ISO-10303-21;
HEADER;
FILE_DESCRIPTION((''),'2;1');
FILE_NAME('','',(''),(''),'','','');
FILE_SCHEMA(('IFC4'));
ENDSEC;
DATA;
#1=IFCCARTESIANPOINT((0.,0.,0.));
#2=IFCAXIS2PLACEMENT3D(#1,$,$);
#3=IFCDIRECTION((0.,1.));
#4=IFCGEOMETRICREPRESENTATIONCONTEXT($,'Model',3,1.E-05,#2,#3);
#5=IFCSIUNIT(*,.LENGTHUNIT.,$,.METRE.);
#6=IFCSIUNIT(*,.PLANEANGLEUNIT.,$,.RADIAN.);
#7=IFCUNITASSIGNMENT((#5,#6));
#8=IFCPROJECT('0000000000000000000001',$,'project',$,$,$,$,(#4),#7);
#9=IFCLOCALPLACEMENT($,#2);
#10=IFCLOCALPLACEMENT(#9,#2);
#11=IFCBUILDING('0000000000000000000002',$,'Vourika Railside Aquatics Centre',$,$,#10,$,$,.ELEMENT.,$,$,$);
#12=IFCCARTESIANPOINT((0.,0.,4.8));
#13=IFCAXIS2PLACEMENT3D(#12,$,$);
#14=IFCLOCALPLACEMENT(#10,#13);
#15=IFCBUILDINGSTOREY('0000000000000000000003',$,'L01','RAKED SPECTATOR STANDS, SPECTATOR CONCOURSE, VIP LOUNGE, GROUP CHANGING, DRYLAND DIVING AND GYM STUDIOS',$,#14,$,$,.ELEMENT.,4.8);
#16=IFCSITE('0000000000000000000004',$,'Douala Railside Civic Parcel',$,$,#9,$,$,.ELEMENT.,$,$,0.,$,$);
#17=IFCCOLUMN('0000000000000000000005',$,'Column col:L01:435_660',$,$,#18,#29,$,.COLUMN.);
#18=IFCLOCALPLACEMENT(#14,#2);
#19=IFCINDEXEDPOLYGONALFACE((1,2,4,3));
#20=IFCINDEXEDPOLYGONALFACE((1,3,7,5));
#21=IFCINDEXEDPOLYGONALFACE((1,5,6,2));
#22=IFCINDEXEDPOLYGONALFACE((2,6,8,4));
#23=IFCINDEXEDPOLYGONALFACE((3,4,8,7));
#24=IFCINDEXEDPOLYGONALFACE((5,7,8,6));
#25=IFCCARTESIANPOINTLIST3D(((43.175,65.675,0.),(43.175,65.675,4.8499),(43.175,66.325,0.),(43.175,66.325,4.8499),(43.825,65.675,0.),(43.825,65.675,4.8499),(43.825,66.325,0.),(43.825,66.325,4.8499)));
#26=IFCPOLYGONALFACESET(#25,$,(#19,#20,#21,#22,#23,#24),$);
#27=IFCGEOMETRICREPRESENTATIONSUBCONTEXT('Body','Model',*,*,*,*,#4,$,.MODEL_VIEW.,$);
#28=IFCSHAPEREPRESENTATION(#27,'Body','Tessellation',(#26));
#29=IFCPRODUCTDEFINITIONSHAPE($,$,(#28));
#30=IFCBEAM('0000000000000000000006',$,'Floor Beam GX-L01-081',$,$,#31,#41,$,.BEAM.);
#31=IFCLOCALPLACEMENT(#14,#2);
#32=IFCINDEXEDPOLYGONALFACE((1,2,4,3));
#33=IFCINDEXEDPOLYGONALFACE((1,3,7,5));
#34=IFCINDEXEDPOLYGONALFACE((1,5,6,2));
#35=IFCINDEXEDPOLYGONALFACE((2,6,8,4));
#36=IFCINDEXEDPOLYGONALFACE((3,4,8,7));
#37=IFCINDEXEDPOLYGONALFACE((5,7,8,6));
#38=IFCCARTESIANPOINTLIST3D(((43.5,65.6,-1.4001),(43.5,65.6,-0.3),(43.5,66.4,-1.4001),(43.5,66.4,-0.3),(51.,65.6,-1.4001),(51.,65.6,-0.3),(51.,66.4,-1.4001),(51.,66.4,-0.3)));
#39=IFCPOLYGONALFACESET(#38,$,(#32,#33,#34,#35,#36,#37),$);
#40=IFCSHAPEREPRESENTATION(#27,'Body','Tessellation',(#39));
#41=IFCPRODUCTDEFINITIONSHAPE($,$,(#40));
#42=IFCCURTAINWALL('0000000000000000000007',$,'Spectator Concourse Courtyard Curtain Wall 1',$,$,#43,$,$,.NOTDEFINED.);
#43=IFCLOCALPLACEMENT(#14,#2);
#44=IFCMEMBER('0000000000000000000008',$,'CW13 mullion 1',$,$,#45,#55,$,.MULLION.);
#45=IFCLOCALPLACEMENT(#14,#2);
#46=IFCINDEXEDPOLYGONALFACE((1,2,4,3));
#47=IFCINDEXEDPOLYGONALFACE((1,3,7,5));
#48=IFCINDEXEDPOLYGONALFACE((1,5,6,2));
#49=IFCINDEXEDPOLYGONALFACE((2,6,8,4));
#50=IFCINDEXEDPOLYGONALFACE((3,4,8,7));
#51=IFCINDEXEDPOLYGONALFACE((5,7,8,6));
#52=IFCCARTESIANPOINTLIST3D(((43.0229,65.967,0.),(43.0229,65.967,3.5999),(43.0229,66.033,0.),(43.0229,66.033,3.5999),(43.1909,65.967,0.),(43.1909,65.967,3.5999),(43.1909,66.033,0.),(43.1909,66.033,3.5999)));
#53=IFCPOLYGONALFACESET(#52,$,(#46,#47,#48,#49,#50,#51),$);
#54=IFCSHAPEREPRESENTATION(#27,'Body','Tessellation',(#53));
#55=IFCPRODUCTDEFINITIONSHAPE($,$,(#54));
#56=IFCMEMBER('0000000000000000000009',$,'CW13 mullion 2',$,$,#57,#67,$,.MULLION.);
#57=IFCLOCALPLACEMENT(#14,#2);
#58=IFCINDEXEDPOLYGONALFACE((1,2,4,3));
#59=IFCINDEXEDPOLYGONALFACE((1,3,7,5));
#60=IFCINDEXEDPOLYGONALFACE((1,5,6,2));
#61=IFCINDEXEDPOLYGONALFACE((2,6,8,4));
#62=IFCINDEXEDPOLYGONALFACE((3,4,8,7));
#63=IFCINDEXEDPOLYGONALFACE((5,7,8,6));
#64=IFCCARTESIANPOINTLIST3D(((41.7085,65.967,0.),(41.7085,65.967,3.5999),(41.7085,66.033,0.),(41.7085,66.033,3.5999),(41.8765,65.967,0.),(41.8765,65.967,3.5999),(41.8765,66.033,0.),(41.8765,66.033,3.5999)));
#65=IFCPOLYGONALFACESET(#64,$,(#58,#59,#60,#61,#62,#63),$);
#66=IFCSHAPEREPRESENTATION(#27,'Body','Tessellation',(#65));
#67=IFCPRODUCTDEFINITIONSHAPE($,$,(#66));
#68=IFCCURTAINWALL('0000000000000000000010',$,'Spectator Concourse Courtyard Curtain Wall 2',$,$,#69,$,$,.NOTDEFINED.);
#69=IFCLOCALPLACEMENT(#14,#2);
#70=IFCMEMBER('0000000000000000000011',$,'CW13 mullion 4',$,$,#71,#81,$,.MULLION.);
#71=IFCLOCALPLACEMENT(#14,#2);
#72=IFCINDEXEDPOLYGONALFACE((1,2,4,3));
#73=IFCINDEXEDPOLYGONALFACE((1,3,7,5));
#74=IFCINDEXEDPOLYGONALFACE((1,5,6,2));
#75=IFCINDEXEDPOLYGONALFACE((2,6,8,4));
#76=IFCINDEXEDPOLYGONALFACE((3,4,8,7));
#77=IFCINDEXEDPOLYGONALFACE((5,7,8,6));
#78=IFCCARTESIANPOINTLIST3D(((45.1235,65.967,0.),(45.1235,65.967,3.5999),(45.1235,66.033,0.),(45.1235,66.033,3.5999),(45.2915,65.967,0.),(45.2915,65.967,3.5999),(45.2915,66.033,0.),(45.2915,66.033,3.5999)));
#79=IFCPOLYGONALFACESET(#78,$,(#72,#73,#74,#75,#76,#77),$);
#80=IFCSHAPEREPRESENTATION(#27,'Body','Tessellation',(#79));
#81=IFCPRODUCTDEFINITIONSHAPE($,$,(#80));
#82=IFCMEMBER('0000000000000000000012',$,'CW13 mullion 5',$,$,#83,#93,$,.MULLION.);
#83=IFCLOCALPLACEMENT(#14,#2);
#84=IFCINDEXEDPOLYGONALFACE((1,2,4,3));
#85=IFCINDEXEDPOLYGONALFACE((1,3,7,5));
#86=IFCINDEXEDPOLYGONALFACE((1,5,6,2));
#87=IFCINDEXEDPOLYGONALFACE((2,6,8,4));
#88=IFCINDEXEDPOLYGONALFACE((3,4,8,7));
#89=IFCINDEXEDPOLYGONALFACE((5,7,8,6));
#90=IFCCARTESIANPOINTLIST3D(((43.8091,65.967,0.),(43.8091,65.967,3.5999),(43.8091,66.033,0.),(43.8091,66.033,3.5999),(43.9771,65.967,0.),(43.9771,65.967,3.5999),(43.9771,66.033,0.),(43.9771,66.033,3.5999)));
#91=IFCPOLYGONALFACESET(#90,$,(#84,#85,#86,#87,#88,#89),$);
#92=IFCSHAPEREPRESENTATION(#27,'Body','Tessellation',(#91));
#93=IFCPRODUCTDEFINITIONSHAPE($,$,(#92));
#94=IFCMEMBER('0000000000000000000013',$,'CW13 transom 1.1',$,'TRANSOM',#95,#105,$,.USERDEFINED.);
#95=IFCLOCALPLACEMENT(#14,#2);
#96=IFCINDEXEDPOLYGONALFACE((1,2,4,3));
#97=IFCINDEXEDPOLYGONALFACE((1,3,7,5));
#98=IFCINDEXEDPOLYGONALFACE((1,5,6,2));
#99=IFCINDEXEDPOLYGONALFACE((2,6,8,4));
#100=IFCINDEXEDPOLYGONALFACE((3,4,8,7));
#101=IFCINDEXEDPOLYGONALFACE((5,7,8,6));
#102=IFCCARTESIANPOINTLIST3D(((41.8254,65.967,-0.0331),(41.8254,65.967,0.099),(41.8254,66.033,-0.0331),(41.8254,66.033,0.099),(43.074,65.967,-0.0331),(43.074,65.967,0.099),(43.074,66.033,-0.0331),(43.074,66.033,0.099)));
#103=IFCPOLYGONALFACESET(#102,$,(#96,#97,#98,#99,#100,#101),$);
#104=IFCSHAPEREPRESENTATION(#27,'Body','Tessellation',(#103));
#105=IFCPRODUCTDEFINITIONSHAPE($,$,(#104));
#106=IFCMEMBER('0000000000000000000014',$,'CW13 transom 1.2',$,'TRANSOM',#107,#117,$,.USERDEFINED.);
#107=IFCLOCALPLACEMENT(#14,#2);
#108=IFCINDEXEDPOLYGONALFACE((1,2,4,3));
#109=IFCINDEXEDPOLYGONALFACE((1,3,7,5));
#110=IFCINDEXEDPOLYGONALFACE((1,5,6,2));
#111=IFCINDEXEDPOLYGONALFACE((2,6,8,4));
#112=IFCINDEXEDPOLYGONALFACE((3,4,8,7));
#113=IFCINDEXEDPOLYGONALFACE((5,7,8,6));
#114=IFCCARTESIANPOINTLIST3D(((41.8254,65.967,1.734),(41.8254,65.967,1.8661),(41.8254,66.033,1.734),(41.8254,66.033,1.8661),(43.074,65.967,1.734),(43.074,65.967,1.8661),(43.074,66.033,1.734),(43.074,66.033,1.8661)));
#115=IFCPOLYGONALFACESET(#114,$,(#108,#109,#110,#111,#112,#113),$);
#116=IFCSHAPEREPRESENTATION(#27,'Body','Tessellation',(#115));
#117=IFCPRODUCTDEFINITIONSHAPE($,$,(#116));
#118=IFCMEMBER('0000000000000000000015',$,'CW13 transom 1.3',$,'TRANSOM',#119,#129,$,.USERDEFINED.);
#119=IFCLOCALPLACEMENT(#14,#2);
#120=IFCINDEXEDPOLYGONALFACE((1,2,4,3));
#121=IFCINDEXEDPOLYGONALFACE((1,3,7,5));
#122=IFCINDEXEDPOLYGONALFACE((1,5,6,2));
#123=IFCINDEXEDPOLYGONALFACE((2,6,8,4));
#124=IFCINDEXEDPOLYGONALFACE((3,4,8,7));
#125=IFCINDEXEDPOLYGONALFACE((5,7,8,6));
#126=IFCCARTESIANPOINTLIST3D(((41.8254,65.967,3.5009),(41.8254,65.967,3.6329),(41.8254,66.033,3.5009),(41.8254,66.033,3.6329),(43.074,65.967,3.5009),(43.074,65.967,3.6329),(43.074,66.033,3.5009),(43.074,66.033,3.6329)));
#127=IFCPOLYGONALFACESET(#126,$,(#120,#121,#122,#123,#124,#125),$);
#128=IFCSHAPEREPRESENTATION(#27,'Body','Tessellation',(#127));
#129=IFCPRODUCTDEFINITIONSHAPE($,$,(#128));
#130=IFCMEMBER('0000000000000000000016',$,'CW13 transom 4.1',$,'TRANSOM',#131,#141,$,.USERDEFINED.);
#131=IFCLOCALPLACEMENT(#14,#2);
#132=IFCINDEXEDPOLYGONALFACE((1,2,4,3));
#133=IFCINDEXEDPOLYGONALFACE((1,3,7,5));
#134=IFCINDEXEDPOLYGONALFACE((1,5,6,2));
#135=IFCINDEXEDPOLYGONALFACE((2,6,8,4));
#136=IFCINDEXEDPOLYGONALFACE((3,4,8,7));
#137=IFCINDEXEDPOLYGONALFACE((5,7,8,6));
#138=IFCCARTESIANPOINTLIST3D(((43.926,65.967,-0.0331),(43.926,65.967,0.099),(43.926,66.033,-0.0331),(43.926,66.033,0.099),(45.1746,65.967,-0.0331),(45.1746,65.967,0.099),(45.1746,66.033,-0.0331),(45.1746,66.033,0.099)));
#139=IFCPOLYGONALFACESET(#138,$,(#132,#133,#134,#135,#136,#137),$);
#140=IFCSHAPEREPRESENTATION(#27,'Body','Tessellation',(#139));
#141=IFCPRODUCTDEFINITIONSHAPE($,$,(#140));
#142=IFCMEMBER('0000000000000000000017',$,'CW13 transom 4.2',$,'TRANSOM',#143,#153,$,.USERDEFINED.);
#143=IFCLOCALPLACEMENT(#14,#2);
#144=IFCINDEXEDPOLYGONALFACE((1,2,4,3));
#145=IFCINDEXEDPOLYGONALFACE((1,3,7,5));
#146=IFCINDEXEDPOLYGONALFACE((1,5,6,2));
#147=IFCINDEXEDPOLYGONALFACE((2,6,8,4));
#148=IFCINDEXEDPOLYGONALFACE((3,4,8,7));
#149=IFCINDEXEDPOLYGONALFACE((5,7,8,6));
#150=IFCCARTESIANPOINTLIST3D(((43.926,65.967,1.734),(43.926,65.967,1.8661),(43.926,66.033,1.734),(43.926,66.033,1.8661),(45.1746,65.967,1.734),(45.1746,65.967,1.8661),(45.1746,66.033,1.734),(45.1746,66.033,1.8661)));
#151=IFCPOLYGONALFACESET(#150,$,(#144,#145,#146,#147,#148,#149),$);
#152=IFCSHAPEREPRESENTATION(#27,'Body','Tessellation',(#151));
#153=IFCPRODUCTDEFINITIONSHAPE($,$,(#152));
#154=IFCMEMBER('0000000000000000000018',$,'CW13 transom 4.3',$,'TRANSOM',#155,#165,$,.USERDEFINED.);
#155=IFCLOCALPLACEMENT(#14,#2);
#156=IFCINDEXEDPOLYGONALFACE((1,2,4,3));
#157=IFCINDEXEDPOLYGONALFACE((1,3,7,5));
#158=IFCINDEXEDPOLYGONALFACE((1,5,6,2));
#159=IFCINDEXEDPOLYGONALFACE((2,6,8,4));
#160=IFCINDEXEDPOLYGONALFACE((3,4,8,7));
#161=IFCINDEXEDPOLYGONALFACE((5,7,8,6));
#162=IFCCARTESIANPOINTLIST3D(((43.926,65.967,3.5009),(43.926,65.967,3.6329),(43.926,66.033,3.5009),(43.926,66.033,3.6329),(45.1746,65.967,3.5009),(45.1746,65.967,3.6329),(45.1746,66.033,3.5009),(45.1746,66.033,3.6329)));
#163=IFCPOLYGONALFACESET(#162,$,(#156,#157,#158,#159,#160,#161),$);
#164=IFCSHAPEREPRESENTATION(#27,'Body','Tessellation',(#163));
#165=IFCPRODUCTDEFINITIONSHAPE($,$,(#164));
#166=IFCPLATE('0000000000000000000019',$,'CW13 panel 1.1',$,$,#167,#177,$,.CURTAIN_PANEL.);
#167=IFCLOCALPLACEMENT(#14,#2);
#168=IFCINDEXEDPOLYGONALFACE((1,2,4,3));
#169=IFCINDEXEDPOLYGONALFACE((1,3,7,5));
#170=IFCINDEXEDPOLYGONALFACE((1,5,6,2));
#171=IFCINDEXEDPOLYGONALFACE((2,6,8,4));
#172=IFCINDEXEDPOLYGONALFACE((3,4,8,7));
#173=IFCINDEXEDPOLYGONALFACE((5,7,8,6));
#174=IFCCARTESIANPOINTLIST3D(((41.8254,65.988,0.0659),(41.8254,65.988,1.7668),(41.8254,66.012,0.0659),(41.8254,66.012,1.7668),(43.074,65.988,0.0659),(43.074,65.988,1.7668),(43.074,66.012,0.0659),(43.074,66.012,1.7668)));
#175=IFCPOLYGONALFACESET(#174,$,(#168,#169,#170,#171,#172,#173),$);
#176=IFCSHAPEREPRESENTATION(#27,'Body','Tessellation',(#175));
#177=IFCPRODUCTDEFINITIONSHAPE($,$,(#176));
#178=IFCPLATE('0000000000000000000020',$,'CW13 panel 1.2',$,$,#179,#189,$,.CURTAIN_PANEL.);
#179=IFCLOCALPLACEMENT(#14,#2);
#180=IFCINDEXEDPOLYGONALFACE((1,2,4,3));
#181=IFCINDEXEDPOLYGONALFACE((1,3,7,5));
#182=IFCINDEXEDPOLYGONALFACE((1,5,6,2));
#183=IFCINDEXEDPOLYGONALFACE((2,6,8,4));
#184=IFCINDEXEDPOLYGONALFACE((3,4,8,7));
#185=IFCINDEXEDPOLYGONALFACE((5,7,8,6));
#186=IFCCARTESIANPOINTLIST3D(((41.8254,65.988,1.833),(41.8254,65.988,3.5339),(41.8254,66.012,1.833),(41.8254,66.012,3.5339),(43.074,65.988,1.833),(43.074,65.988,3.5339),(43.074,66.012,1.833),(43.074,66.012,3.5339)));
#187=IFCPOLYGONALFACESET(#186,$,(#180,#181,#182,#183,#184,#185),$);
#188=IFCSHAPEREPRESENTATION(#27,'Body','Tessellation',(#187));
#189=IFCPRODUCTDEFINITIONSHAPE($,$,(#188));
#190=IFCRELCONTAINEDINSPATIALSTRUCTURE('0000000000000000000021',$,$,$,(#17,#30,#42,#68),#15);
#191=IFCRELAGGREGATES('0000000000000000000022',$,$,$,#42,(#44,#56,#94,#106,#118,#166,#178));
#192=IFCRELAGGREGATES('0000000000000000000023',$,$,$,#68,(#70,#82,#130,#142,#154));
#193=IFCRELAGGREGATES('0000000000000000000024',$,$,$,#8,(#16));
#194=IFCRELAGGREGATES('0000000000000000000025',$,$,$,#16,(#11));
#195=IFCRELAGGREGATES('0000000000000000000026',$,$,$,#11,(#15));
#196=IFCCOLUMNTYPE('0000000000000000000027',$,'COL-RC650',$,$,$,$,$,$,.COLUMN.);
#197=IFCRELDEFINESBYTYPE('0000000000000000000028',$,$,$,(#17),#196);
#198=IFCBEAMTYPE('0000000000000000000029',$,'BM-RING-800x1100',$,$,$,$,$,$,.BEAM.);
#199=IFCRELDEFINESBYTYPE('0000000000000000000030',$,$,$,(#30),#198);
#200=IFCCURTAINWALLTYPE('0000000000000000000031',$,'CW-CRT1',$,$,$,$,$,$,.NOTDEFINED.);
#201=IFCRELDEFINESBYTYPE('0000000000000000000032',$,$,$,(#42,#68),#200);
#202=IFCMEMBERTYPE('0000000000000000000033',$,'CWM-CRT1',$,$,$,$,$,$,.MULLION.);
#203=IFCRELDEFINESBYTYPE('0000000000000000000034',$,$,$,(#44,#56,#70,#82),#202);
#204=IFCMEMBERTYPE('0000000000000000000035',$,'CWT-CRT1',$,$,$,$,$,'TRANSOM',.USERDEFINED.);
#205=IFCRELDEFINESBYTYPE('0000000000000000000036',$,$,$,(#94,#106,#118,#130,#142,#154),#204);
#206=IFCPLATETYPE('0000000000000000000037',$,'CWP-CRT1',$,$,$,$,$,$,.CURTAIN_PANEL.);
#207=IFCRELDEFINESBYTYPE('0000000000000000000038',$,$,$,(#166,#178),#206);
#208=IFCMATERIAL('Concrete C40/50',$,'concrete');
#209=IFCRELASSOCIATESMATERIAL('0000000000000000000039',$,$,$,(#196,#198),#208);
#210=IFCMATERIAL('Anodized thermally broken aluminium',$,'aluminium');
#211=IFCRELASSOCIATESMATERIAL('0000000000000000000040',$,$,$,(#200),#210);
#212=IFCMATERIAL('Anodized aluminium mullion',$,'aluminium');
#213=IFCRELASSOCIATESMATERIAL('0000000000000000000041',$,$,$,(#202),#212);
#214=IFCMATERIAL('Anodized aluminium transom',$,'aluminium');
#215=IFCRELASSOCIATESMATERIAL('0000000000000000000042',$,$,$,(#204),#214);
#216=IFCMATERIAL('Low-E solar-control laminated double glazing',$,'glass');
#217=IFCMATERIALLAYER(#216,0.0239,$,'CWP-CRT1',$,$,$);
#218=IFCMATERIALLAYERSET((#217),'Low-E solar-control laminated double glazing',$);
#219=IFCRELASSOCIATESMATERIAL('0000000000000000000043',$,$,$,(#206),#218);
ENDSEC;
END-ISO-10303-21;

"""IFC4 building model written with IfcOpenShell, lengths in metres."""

from ifc_helpers import new_model, si_unit, direction, frame, origin, origin_2d, place, context, subcontext, project, spatial, rectangle, extrude, material, layer, layer_set, material_profile, profile_set, type_object, element, aggregate, save


model = new_model("IFC4")

# Units and contexts
model_context = context("Model", 3, precision=1e-05, world=origin(), true_north=direction((0.0, 1.0)))
body_context = subcontext(model_context, "Body", "Model", "MODEL_VIEW")
ifc_project = project(units=[si_unit("LENGTHUNIT", "METRE"), si_unit("PLANEANGLEUNIT", "RADIAN")], contexts=[model_context])

# Site, building, storey
site_placement = place(None, origin())
site = spatial("IfcSite", under=ifc_project, at=site_placement, Name="Douala Railside Civic Parcel", CompositionType="ELEMENT", RefElevation=0.0)
building_placement = place(site_placement, origin())
building = spatial("IfcBuilding", under=site, at=building_placement, Name="Vourika Railside Aquatics Centre", CompositionType="ELEMENT")
storey_placement = place(building_placement, frame((0.0, 0.0, 4.8)))
storey = spatial("IfcBuildingStorey", under=building, at=storey_placement, Name="L01", Description="RAKED SPECTATOR STANDS, SPECTATOR CONCOURSE, VIP LOUNGE, GROUP CHANGING, DRYLAND DIVING AND GYM STUDIOS", CompositionType="ELEMENT", Elevation=4.8)

# Column
ifc_material_1 = material(Name="Concrete C40/50", Category="concrete")
ifc_material_profile_1 = material_profile(ifc_material_1, rectangle(XDim=0.6499, YDim=0.6499, at=origin_2d()), Name="RC 650x650")
ifc_profile_set_1 = profile_set([ifc_material_profile_1], Name="Concrete C40/50")
column_type = type_object("IfcColumnType", Name="COL-RC650", PredefinedType="COLUMN", material=ifc_profile_set_1)
column_placement = place(storey_placement, frame((43.5, 66.0, 0.0), z_axis=(0.0, 0.0, 1.0), x_axis=(1.0, 0.0, 0.0)))
element("IfcColumn", 1, at=column_placement, inside=storey, type_object=column_type, Name="Column col:L01:435_660", PredefinedType="COLUMN", context=body_context, shape_type="SweptSolid", body=[
    extrude(rectangle(XDim=0.6499, YDim=0.6499, at=origin_2d()), origin(), (0.0, 0.0, 1.0), 4.8499),
])

# Beam
ifc_material_profile_2 = material_profile(ifc_material_1, rectangle(XDim=0.8, YDim=1.1001, at=origin_2d()), Name="RC 800x1100")
ifc_profile_set_2 = profile_set([ifc_material_profile_2], Name="Concrete C40/50")
beam_type = type_object("IfcBeamType", Name="BM-RING-800x1100", PredefinedType="BEAM", material=ifc_profile_set_2)
beam_placement = place(storey_placement, frame((43.5, 66.0, -0.8501), z_axis=(1.0, 0.0, 0.0), x_axis=(0.0, 1.0, 0.0)))
element("IfcBeam", 2, at=beam_placement, inside=storey, type_object=beam_type, Name="Floor Beam GX-L01-081", PredefinedType="BEAM", context=body_context, shape_type="SweptSolid", body=[
    extrude(rectangle(XDim=0.8, YDim=1.1001, at=origin_2d()), origin(), (0.0, 0.0, 1.0), 7.5),
])

# Curtain walls, members
ifc_material_2 = material(Name="Anodized thermally broken aluminium", Category="aluminium")
curtain_wall_type = type_object("IfcCurtainWallType", Name="CW-CRT1", PredefinedType="NOTDEFINED", material=ifc_material_2)
curtain_wall_1_placement = place(storey_placement, origin())
curtain_wall_1 = element("IfcCurtainWall", 3, at=curtain_wall_1_placement, inside=storey, type_object=curtain_wall_type, Name="Spectator Concourse Courtyard Curtain Wall 1", PredefinedType="NOTDEFINED")
ifc_material_3 = material(Name="Anodized aluminium mullion", Category="aluminium")
ifc_material_profile_3 = material_profile(ifc_material_3, rectangle(XDim=0.0659, YDim=0.168, at=origin_2d()), Name="ALU-M 66x168")
ifc_profile_set_3 = profile_set([ifc_material_profile_3], Name="Anodized aluminium mullion")
member_type_1 = type_object("IfcMemberType", Name="CWM-CRT1", PredefinedType="MULLION", material=ifc_profile_set_3)
member_1_placement = place(storey_placement, frame((43.1069, 66.0, 0.0), z_axis=(0.0, 0.0, 1.0), x_axis=(0.0, -1.0, 0.0)))
member_1 = element("IfcMember", 4, at=member_1_placement, type_object=member_type_1, Name="CW13 mullion 1", PredefinedType="MULLION", context=body_context, shape_type="SweptSolid", body=[
    extrude(rectangle(XDim=0.0659, YDim=0.168, at=origin_2d()), origin(), (0.0, 0.0, 1.0), 3.5999),
])
member_2_placement = place(storey_placement, frame((41.7925, 66.0, 0.0), z_axis=(0.0, 0.0, 1.0), x_axis=(0.0, -1.0, 0.0)))
member_2 = element("IfcMember", 5, at=member_2_placement, type_object=member_type_1, Name="CW13 mullion 2", PredefinedType="MULLION", context=body_context, shape_type="SweptSolid", body=[
    extrude(rectangle(XDim=0.0659, YDim=0.168, at=origin_2d()), origin(), (0.0, 0.0, 1.0), 3.5999),
])
curtain_wall_2_placement = place(storey_placement, origin())
curtain_wall_2 = element("IfcCurtainWall", 6, at=curtain_wall_2_placement, inside=storey, type_object=curtain_wall_type, Name="Spectator Concourse Courtyard Curtain Wall 2", PredefinedType="NOTDEFINED")
member_3_placement = place(storey_placement, frame((45.2075, 66.0, 0.0), z_axis=(0.0, 0.0, 1.0), x_axis=(0.0, -1.0, 0.0)))
member_3 = element("IfcMember", 7, at=member_3_placement, type_object=member_type_1, Name="CW13 mullion 4", PredefinedType="MULLION", context=body_context, shape_type="SweptSolid", body=[
    extrude(rectangle(XDim=0.0659, YDim=0.168, at=origin_2d()), origin(), (0.0, 0.0, 1.0), 3.5999),
])
member_4_placement = place(storey_placement, frame((43.8931, 66.0, 0.0), z_axis=(0.0, 0.0, 1.0), x_axis=(0.0, -1.0, 0.0)))
member_4 = element("IfcMember", 8, at=member_4_placement, type_object=member_type_1, Name="CW13 mullion 5", PredefinedType="MULLION", context=body_context, shape_type="SweptSolid", body=[
    extrude(rectangle(XDim=0.0659, YDim=0.168, at=origin_2d()), origin(), (0.0, 0.0, 1.0), 3.5999),
])

# Members
ifc_material_4 = material(Name="Anodized aluminium transom", Category="aluminium")
ifc_material_profile_4 = material_profile(ifc_material_4, rectangle(XDim=0.0659, YDim=0.1321, at=origin_2d()), Name="ALU-T 66x132")
ifc_profile_set_4 = profile_set([ifc_material_profile_4], Name="Anodized aluminium transom")
member_type_2 = type_object("IfcMemberType", Name="CWT-CRT1", ElementType="TRANSOM", PredefinedType="USERDEFINED", material=ifc_profile_set_4)
member_5_placement = place(storey_placement, frame((43.074, 66.0, 0.033), z_axis=(-1.0, 0.0, 0.0), x_axis=(0.0, -1.0, 0.0)))
member_5 = element("IfcMember", 9, at=member_5_placement, type_object=member_type_2, Name="CW13 transom 1.1", ObjectType="TRANSOM", PredefinedType="USERDEFINED", context=body_context, shape_type="SweptSolid", body=[
    extrude(rectangle(XDim=0.0659, YDim=0.1321, at=origin_2d()), origin(), (0.0, 0.0, 1.0), 1.2485),
])
member_6_placement = place(storey_placement, frame((43.074, 66.0, 1.8), z_axis=(-1.0, 0.0, 0.0), x_axis=(0.0, -1.0, 0.0)))
member_6 = element("IfcMember", 10, at=member_6_placement, type_object=member_type_2, Name="CW13 transom 1.2", ObjectType="TRANSOM", PredefinedType="USERDEFINED", context=body_context, shape_type="SweptSolid", body=[
    extrude(rectangle(XDim=0.0659, YDim=0.1321, at=origin_2d()), origin(), (0.0, 0.0, 1.0), 1.2485),
])
member_7_placement = place(storey_placement, frame((43.074, 66.0, 3.5669), z_axis=(-1.0, 0.0, 0.0), x_axis=(0.0, -1.0, 0.0)))
member_7 = element("IfcMember", 11, at=member_7_placement, type_object=member_type_2, Name="CW13 transom 1.3", ObjectType="TRANSOM", PredefinedType="USERDEFINED", context=body_context, shape_type="SweptSolid", body=[
    extrude(rectangle(XDim=0.0659, YDim=0.1321, at=origin_2d()), origin(), (0.0, 0.0, 1.0), 1.2485),
])
member_8_placement = place(storey_placement, frame((45.1746, 66.0, 0.033), z_axis=(-1.0, 0.0, 0.0), x_axis=(0.0, -1.0, 0.0)))
member_8 = element("IfcMember", 12, at=member_8_placement, type_object=member_type_2, Name="CW13 transom 4.1", ObjectType="TRANSOM", PredefinedType="USERDEFINED", context=body_context, shape_type="SweptSolid", body=[
    extrude(rectangle(XDim=0.0659, YDim=0.1321, at=origin_2d()), origin(), (0.0, 0.0, 1.0), 1.2485),
])
member_9_placement = place(storey_placement, frame((45.1746, 66.0, 1.8), z_axis=(-1.0, 0.0, 0.0), x_axis=(0.0, -1.0, 0.0)))
member_9 = element("IfcMember", 13, at=member_9_placement, type_object=member_type_2, Name="CW13 transom 4.2", ObjectType="TRANSOM", PredefinedType="USERDEFINED", context=body_context, shape_type="SweptSolid", body=[
    extrude(rectangle(XDim=0.0659, YDim=0.1321, at=origin_2d()), origin(), (0.0, 0.0, 1.0), 1.2485),
])
member_10_placement = place(storey_placement, frame((45.1746, 66.0, 3.5669), z_axis=(-1.0, 0.0, 0.0), x_axis=(0.0, -1.0, 0.0)))
member_10 = element("IfcMember", 14, at=member_10_placement, type_object=member_type_2, Name="CW13 transom 4.3", ObjectType="TRANSOM", PredefinedType="USERDEFINED", context=body_context, shape_type="SweptSolid", body=[
    extrude(rectangle(XDim=0.0659, YDim=0.1321, at=origin_2d()), origin(), (0.0, 0.0, 1.0), 1.2485),
])

# Plates
ifc_material_5 = material(Name="Low-E solar-control laminated double glazing", Category="glass")
ifc_layer = layer(ifc_material_5, 0.0239, Name="CWP-CRT1")
ifc_layer_set = layer_set([ifc_layer], Name="Low-E solar-control laminated double glazing")
plate_type = type_object("IfcPlateType", Name="CWP-CRT1", PredefinedType="CURTAIN_PANEL", material=ifc_layer_set)
plate_1_placement = place(storey_placement, frame((42.4497, 66.0, 0.0659), z_axis=(0.0, 0.0, 1.0), x_axis=(-1.0, 0.0, 0.0)))
plate_1 = element("IfcPlate", 15, at=plate_1_placement, type_object=plate_type, Name="CW13 panel 1.1", PredefinedType="CURTAIN_PANEL", context=body_context, shape_type="SweptSolid", body=[
    extrude(rectangle(XDim=1.2485, YDim=0.0239, at=origin_2d()), origin(), (0.0, 0.0, 1.0), 1.7009),
])
plate_2_placement = place(storey_placement, frame((42.4497, 66.0, 1.833), z_axis=(0.0, 0.0, 1.0), x_axis=(-1.0, 0.0, 0.0)))
plate_2 = element("IfcPlate", 16, at=plate_2_placement, type_object=plate_type, Name="CW13 panel 1.2", PredefinedType="CURTAIN_PANEL", context=body_context, shape_type="SweptSolid", body=[
    extrude(rectangle(XDim=1.2485, YDim=0.0239, at=origin_2d()), origin(), (0.0, 0.0, 1.0), 1.7009),
])
aggregate(curtain_wall_1, [member_1, member_2, member_5, member_6, member_7, plate_1, plate_2])
aggregate(curtain_wall_2, [member_3, member_4, member_8, member_9, member_10])

save(model, "model.ifc")
